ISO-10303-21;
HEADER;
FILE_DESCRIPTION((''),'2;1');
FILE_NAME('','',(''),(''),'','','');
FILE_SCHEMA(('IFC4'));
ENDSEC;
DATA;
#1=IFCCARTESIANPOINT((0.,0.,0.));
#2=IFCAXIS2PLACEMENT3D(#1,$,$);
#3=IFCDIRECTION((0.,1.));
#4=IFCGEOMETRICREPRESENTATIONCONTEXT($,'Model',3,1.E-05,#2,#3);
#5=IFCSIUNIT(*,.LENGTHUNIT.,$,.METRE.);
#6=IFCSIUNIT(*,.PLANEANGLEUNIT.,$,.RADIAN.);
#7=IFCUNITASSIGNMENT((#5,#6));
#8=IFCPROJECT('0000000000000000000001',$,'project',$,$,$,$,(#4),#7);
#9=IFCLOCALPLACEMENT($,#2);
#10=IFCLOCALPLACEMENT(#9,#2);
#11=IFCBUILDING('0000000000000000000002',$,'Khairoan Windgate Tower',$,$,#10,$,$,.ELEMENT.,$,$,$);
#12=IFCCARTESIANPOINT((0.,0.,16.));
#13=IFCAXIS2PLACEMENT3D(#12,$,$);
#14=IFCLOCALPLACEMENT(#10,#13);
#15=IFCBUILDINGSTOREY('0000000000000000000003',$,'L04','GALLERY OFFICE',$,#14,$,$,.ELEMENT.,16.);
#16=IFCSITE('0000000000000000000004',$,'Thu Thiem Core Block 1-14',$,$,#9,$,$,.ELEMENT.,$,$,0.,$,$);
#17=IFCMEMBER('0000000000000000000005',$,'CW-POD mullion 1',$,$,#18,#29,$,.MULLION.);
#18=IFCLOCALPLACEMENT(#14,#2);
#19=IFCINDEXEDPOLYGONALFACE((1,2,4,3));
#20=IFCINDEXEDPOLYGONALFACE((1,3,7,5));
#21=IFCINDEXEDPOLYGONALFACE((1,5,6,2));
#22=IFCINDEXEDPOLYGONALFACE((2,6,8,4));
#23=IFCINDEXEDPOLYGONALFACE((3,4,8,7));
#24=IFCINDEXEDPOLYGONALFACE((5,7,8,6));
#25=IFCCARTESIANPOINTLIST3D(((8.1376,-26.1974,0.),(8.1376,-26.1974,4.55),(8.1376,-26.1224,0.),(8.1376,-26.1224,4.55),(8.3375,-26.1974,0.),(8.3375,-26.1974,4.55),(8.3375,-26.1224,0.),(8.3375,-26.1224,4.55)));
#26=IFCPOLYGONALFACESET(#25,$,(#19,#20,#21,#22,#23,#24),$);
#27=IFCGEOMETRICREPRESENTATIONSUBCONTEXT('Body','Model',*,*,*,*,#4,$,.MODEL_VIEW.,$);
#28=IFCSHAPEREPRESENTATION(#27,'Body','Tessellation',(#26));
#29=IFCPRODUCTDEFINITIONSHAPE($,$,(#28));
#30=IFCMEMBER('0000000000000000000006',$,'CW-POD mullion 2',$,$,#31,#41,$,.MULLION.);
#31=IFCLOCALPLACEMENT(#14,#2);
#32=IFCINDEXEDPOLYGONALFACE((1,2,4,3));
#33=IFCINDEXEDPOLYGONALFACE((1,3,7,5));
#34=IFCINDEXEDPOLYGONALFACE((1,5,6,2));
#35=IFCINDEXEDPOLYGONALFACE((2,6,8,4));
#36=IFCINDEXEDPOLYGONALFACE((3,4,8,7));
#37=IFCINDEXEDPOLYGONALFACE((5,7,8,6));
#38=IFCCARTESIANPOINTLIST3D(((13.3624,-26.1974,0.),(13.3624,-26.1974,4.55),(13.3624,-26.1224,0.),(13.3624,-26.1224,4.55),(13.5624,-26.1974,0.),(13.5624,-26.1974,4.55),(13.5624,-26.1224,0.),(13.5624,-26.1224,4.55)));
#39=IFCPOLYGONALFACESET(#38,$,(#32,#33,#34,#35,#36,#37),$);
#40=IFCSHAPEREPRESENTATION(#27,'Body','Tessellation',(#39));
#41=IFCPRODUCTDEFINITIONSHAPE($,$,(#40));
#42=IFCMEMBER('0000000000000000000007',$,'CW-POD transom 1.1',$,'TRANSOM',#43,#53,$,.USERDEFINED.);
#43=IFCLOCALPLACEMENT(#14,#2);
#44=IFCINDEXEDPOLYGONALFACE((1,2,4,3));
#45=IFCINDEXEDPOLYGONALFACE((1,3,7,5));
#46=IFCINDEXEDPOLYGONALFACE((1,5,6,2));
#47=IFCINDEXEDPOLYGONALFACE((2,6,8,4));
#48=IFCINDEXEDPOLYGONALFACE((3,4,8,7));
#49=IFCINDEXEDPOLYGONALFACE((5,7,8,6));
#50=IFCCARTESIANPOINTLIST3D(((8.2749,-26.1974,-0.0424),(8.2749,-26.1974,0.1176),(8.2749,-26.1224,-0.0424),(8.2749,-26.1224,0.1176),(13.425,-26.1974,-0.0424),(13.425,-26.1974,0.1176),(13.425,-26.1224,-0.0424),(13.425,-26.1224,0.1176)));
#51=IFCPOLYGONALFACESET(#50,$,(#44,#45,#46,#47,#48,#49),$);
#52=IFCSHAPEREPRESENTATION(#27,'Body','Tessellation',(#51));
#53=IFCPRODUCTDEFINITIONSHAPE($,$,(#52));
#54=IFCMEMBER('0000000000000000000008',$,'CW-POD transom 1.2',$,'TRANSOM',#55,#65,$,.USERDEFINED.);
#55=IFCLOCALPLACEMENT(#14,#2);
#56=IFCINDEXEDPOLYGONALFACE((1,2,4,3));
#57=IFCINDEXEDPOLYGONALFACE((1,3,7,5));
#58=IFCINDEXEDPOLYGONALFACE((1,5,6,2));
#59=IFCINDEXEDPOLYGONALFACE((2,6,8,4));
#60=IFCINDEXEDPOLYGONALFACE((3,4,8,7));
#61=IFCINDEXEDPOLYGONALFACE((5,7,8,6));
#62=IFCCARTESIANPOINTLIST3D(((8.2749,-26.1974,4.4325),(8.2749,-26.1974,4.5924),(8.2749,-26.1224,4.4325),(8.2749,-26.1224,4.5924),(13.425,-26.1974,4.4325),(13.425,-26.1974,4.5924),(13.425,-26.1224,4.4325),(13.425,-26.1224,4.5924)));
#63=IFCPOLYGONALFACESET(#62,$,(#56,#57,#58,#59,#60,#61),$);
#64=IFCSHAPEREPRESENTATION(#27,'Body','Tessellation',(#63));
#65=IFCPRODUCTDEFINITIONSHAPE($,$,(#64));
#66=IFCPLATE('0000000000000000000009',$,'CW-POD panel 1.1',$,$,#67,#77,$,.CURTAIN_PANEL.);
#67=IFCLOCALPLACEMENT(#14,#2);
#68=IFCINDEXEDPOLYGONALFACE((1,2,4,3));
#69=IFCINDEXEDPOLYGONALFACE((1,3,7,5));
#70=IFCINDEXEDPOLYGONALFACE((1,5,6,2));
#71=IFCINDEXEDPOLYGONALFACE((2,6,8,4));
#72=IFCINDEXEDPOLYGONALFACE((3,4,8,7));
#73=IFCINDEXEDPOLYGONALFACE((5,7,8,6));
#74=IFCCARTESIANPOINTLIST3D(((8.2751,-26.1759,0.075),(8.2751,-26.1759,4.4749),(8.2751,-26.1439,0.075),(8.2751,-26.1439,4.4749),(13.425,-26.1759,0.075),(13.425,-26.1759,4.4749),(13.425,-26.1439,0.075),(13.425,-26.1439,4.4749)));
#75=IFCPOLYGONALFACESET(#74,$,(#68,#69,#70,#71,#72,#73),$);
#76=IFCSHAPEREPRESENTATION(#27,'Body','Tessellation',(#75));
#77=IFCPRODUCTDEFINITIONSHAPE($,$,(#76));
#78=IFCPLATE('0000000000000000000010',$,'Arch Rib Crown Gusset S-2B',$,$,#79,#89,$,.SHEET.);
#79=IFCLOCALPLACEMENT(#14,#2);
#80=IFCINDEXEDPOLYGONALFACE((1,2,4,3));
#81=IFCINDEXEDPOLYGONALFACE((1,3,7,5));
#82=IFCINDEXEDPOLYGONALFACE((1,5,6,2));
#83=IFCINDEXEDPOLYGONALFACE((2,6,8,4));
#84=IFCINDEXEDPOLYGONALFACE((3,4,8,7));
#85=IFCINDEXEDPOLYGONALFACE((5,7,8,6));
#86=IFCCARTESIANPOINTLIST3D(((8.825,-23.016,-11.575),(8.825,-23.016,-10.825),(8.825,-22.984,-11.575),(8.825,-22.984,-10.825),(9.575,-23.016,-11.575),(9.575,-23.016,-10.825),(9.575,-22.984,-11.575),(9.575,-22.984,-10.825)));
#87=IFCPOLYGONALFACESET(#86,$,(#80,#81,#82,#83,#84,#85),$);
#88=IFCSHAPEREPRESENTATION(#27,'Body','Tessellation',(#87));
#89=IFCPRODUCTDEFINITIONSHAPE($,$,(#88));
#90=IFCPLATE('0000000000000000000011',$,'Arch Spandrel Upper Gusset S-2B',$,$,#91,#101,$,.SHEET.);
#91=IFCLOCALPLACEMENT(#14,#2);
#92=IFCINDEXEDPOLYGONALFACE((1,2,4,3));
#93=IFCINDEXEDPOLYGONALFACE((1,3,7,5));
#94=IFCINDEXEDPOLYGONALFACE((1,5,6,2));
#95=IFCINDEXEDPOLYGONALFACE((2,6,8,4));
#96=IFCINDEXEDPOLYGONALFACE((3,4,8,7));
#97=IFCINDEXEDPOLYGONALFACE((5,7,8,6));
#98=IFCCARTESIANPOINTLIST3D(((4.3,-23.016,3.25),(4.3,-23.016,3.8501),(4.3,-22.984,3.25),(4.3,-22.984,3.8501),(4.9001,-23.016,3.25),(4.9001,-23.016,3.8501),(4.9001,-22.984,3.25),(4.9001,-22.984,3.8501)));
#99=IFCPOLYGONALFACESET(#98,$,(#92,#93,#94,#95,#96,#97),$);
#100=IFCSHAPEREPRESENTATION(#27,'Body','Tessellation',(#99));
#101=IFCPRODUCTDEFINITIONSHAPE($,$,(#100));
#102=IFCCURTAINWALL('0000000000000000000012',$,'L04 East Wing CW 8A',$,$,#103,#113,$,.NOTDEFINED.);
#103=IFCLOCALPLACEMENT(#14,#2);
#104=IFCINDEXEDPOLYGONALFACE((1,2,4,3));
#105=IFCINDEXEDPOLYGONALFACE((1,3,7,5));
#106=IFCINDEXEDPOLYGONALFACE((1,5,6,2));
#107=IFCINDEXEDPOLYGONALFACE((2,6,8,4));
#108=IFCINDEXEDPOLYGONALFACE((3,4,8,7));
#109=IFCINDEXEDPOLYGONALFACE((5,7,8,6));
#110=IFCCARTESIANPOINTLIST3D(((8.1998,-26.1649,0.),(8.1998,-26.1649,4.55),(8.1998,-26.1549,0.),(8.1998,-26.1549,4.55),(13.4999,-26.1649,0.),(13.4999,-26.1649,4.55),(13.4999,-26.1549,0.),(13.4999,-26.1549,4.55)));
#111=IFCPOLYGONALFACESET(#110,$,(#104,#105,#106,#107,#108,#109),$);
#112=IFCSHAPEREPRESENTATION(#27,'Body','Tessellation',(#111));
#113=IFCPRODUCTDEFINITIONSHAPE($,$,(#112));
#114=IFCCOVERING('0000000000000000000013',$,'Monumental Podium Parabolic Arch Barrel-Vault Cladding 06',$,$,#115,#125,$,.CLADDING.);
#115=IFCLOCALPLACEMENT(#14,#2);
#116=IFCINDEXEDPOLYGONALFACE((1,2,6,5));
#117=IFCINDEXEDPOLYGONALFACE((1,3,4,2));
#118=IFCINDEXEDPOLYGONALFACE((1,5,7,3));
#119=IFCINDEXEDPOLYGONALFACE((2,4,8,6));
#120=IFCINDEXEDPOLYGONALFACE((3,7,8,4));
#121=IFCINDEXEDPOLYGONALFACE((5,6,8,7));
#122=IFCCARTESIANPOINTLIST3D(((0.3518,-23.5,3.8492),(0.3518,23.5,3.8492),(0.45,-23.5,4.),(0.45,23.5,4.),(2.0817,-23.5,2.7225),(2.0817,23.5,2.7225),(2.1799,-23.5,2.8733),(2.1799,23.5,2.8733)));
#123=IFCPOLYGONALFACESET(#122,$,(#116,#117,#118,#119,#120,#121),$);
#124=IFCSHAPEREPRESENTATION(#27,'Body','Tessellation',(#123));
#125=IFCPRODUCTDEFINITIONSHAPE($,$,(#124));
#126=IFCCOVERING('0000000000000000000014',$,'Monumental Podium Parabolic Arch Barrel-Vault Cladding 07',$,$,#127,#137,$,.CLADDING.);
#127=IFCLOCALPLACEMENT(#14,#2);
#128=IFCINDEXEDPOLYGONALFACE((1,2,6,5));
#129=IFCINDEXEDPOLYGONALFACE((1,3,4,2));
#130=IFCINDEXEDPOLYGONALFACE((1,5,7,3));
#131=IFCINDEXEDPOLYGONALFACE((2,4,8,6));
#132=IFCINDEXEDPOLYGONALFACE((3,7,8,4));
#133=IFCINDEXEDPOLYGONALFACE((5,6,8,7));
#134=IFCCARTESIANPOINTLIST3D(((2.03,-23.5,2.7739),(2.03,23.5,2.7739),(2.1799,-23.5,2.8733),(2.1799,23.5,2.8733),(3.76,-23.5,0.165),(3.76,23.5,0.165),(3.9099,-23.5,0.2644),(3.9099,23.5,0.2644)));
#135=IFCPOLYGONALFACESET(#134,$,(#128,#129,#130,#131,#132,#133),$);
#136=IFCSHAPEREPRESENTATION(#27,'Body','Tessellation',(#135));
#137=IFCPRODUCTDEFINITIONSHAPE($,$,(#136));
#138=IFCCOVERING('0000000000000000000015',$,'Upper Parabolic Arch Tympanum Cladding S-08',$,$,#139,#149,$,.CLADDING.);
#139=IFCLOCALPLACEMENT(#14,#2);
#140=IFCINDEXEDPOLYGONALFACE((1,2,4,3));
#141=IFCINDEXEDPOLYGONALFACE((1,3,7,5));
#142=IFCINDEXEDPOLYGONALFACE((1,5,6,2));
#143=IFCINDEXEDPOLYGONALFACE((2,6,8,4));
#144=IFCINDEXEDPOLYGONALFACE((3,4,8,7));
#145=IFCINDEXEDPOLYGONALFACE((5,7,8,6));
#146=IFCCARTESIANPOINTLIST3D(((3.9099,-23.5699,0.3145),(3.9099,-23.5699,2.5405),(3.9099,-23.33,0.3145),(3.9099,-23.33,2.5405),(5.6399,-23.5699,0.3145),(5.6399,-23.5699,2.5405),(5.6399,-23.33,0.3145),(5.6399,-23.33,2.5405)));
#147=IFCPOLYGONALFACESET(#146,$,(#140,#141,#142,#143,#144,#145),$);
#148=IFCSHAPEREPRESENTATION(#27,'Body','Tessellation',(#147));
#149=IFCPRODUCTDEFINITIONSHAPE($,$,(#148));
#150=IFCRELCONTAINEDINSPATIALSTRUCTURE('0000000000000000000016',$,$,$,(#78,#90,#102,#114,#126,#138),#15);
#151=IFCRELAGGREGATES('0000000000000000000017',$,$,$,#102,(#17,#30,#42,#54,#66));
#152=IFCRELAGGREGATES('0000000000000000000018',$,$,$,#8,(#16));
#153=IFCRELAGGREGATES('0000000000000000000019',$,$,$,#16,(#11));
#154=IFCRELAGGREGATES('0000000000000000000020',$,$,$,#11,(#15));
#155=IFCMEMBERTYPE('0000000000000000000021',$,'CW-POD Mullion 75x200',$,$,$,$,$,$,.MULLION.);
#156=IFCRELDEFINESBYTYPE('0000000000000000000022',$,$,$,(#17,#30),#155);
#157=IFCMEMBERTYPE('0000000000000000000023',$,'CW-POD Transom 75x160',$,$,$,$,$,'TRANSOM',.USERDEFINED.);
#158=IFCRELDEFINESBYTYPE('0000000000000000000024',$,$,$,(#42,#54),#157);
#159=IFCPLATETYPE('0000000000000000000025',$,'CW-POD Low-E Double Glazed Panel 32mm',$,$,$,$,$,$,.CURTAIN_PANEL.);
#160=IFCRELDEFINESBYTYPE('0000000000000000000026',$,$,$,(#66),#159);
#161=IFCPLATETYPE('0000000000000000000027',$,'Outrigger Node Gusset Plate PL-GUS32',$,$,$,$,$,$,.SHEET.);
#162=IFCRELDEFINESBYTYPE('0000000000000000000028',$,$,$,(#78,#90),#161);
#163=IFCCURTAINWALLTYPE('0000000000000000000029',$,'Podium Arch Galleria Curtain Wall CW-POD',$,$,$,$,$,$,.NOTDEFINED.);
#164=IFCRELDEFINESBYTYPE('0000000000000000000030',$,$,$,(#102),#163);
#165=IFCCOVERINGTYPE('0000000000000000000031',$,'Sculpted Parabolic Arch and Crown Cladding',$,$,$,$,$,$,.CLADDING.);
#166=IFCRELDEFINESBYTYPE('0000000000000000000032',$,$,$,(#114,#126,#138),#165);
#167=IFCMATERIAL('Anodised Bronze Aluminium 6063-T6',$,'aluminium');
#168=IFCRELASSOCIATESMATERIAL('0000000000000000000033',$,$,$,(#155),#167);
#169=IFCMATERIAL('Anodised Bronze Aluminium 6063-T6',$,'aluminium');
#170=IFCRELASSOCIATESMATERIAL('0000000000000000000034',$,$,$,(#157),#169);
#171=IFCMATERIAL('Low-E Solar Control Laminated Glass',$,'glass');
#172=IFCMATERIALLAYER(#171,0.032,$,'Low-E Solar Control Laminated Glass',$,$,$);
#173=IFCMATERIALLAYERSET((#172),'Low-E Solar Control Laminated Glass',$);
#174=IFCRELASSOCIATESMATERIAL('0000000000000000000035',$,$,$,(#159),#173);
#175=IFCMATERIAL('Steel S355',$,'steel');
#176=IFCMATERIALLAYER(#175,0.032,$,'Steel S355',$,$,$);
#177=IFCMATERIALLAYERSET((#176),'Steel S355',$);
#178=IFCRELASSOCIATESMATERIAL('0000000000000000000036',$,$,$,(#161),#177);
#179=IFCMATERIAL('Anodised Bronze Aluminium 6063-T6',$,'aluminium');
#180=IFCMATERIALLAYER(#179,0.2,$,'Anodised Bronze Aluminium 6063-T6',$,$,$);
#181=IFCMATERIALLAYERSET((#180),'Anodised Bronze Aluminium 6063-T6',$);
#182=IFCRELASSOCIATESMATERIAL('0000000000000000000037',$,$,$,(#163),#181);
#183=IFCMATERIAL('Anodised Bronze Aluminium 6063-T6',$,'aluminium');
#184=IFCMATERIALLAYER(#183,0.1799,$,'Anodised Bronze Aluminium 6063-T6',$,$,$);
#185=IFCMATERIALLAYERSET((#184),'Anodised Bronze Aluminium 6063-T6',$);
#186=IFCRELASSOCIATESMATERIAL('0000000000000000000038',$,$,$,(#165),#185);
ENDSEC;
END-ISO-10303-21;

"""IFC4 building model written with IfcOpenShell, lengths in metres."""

from ifc_helpers import new_model, si_unit, direction, frame, frame_2d, origin, origin_2d, place, context, subcontext, project, spatial, polyline, rectangle, outline, extrude, material, layer, layer_set, material_profile, profile_set, type_object, element, aggregate, save


model = new_model("IFC4")

# Units and contexts
model_context = context("Model", 3, precision=1e-05, world=origin(), true_north=direction((0.0, 1.0)))
body_context = subcontext(model_context, "Body", "Model", "MODEL_VIEW")
ifc_project = project(units=[si_unit("LENGTHUNIT", "METRE"), si_unit("PLANEANGLEUNIT", "RADIAN")], contexts=[model_context])

# Site, building, storey
site_placement = place(None, origin())
site = spatial("IfcSite", under=ifc_project, at=site_placement, Name="Thu Thiem Core Block 1-14", CompositionType="ELEMENT", RefElevation=0.0)
building_placement = place(site_placement, origin())
building = spatial("IfcBuilding", under=site, at=building_placement, Name="Khairoan Windgate Tower", CompositionType="ELEMENT")
storey_placement = place(building_placement, frame((0.0, 0.0, 16.0)))
storey = spatial("IfcBuildingStorey", under=building, at=storey_placement, Name="L04", Description="GALLERY OFFICE", CompositionType="ELEMENT", Elevation=16.0)

# Members
ifc_material_1 = material(Name="Anodised Bronze Aluminium 6063-T6", Category="aluminium")
ifc_material_profile_1 = material_profile(ifc_material_1, rectangle(XDim=0.075, YDim=0.2, at=origin_2d()))
ifc_profile_set_1 = profile_set([ifc_material_profile_1], Name="Anodised Bronze Aluminium 6063-T6")
member_type_1 = type_object("IfcMemberType", Name="CW-POD Mullion 75x200", PredefinedType="MULLION", material=ifc_profile_set_1)
member_1_placement = place(storey_placement, frame((8.2375, -26.1599, 0.0), z_axis=(0.0, 0.0, 1.0), x_axis=(0.0, 1.0, 0.0)))
member_1 = element("IfcMember", 1, at=member_1_placement, type_object=member_type_1, Name="CW-POD mullion 1", PredefinedType="MULLION", context=body_context, shape_type="SweptSolid", body=[
    extrude(rectangle(XDim=0.075, YDim=0.2, at=origin_2d()), origin(), (0.0, 0.0, 1.0), 4.55),
])
member_2_placement = place(storey_placement, frame((13.4624, -26.1599, 0.0), z_axis=(0.0, 0.0, 1.0), x_axis=(0.0, 1.0, 0.0)))
member_2 = element("IfcMember", 2, at=member_2_placement, type_object=member_type_1, Name="CW-POD mullion 2", PredefinedType="MULLION", context=body_context, shape_type="SweptSolid", body=[
    extrude(rectangle(XDim=0.075, YDim=0.2, at=origin_2d()), origin(), (0.0, 0.0, 1.0), 4.55),
])
ifc_material_2 = material(Name="Anodised Bronze Aluminium 6063-T6", Category="aluminium")
ifc_material_profile_2 = material_profile(ifc_material_2, rectangle(XDim=0.075, YDim=0.1599, at=origin_2d()))
ifc_profile_set_2 = profile_set([ifc_material_profile_2], Name="Anodised Bronze Aluminium 6063-T6")
member_type_2 = type_object("IfcMemberType", Name="CW-POD Transom 75x160", ElementType="TRANSOM", PredefinedType="USERDEFINED", material=ifc_profile_set_2)
member_3_placement = place(storey_placement, frame((8.2749, -26.1599, 0.0376), z_axis=(1.0, 0.0, 0.0), x_axis=(0.0, 1.0, 0.0)))
member_3 = element("IfcMember", 3, at=member_3_placement, type_object=member_type_2, Name="CW-POD transom 1.1", ObjectType="TRANSOM", PredefinedType="USERDEFINED", context=body_context, shape_type="SweptSolid", body=[
    extrude(rectangle(XDim=0.075, YDim=0.1599, at=origin_2d()), origin(), (0.0, 0.0, 1.0), 5.1501),
])
member_4_placement = place(storey_placement, frame((8.2749, -26.1599, 4.5125), z_axis=(1.0, 0.0, 0.0), x_axis=(0.0, 1.0, 0.0)))
member_4 = element("IfcMember", 4, at=member_4_placement, type_object=member_type_2, Name="CW-POD transom 1.2", ObjectType="TRANSOM", PredefinedType="USERDEFINED", context=body_context, shape_type="SweptSolid", body=[
    extrude(rectangle(XDim=0.075, YDim=0.1599, at=origin_2d()), origin(), (0.0, 0.0, 1.0), 5.1501),
])

# Plate
ifc_material_3 = material(Name="Low-E Solar Control Laminated Glass", Category="glass")
ifc_layer_1 = layer(ifc_material_3, 0.032, Name="Low-E Solar Control Laminated Glass")
ifc_layer_set_1 = layer_set([ifc_layer_1], Name="Low-E Solar Control Laminated Glass")
plate_type_1 = type_object("IfcPlateType", Name="CW-POD Low-E Double Glazed Panel 32mm", PredefinedType="CURTAIN_PANEL", material=ifc_layer_set_1)
plate_1_placement = place(storey_placement, frame((10.8501, -26.1599, 0.075), z_axis=(0.0, 0.0, 1.0), x_axis=(1.0, 0.0, 0.0)))
plate_1 = element("IfcPlate", 5, at=plate_1_placement, type_object=plate_type_1, Name="CW-POD panel 1.1", PredefinedType="CURTAIN_PANEL", context=body_context, shape_type="SweptSolid", body=[
    extrude(rectangle(XDim=5.1499, YDim=0.032, at=origin_2d()), origin(), (0.0, 0.0, 1.0), 4.3999),
])

# Plates
ifc_material_4 = material(Name="Steel S355", Category="steel")
ifc_layer_2 = layer(ifc_material_4, 0.032, Name="Steel S355")
ifc_layer_set_2 = layer_set([ifc_layer_2], Name="Steel S355")
plate_type_2 = type_object("IfcPlateType", Name="Outrigger Node Gusset Plate PL-GUS32", PredefinedType="SHEET", material=ifc_layer_set_2)
plate_2_placement = place(storey_placement, frame((9.2, -23.0, -11.575), z_axis=(0.0, 0.0, 1.0), x_axis=(1.0, 0.0, 0.0)))
element("IfcPlate", 6, at=plate_2_placement, inside=storey, type_object=plate_type_2, Name="Arch Rib Crown Gusset S-2B", PredefinedType="SHEET", context=body_context, shape_type="SweptSolid", body=[
    extrude(rectangle(XDim=0.75, YDim=0.032, at=origin_2d()), origin(), (0.0, 0.0, 1.0), 0.75),
])
plate_3_placement = place(storey_placement, frame((4.6001, -23.0, 3.25), z_axis=(0.0, 0.0, 1.0), x_axis=(1.0, 0.0, 0.0)))
element("IfcPlate", 7, at=plate_3_placement, inside=storey, type_object=plate_type_2, Name="Arch Spandrel Upper Gusset S-2B", PredefinedType="SHEET", context=body_context, shape_type="SweptSolid", body=[
    extrude(rectangle(XDim=0.6001, YDim=0.032, at=origin_2d()), origin(), (0.0, 0.0, 1.0), 0.6001),
])

# Curtain wall
ifc_material_5 = material(Name="Anodised Bronze Aluminium 6063-T6", Category="aluminium")
ifc_layer_3 = layer(ifc_material_5, 0.2, Name="Anodised Bronze Aluminium 6063-T6")
ifc_layer_set_3 = layer_set([ifc_layer_3], Name="Anodised Bronze Aluminium 6063-T6")
curtain_wall_type = type_object("IfcCurtainWallType", Name="Podium Arch Galleria Curtain Wall CW-POD", PredefinedType="NOTDEFINED", material=ifc_layer_set_3)
curtain_wall_placement = place(storey_placement, frame((8.2, -26.1599, 0.0), z_axis=(0.0, 0.0, 1.0), x_axis=(1.0, 0.0, 0.0)))
curtain_wall = element("IfcCurtainWall", 8, at=curtain_wall_placement, inside=storey, type_object=curtain_wall_type, Name="L04 East Wing CW 8A", PredefinedType="NOTDEFINED", context=body_context, shape_type="SweptSolid", body=[
    extrude(rectangle(XDim=5.3, YDim=0.01, at=frame_2d((2.6499, 0.0))), origin(), (0.0, 0.0, 1.0), 4.55),
])
aggregate(curtain_wall, [member_1, member_2, member_3, member_4, plate_1])

# Coverings
ifc_material_6 = material(Name="Anodised Bronze Aluminium 6063-T6", Category="aluminium")
ifc_layer_4 = layer(ifc_material_6, 0.1799, Name="Anodised Bronze Aluminium 6063-T6")
ifc_layer_set_4 = layer_set([ifc_layer_4], Name="Anodised Bronze Aluminium 6063-T6")
covering_type = type_object("IfcCoveringType", Name="Sculpted Parabolic Arch and Crown Cladding", PredefinedType="CLADDING", material=ifc_layer_set_4)
covering_1_placement = place(storey_placement, frame((0.45, -23.5, 4.0), z_axis=(0.545745, 0.0, 0.837952), x_axis=(0.837952, 0.0, -0.545745)))
element("IfcCovering", 9, at=covering_1_placement, inside=storey, type_object=covering_type, Name="Monumental Podium Parabolic Arch Barrel-Vault Cladding 06", PredefinedType="CLADDING", context=body_context, shape_type="SweptSolid", body=[
    extrude(outline(polyline([(0.0, 0.0), (2.0645, 0.0), (2.0645, 47.0), (0.0, 47.0), (0.0, 0.0)])), origin(), (0.0, 0.0, -1.0), 0.1799),
])
covering_2_placement = place(storey_placement, frame((2.1799, -23.5, 2.8733), z_axis=(0.833416, 0.0, 0.552647), x_axis=(0.552647, 0.0, -0.833416)))
element("IfcCovering", 10, at=covering_2_placement, inside=storey, type_object=covering_type, Name="Monumental Podium Parabolic Arch Barrel-Vault Cladding 07", PredefinedType="CLADDING", context=body_context, shape_type="SweptSolid", body=[
    extrude(outline(polyline([(0.0, 0.0), (3.1304, 0.0), (3.1304, 47.0), (0.0, 47.0), (0.0, 0.0)])), origin(), (0.0, 0.0, -1.0), 0.1799),
])
covering_3_placement = place(storey_placement, frame((4.7749, -23.45, 0.3145), z_axis=(0.0, 0.0, 1.0), x_axis=(1.0, 0.0, 0.0)))
element("IfcCovering", 11, at=covering_3_placement, inside=storey, type_object=covering_type, Name="Upper Parabolic Arch Tympanum Cladding S-08", PredefinedType="CLADDING", context=body_context, shape_type="SweptSolid", body=[
    extrude(rectangle(XDim=1.73, YDim=0.24, at=origin_2d()), origin(), (0.0, 0.0, 1.0), 2.2261),
])

save(model, "model.ifc")
